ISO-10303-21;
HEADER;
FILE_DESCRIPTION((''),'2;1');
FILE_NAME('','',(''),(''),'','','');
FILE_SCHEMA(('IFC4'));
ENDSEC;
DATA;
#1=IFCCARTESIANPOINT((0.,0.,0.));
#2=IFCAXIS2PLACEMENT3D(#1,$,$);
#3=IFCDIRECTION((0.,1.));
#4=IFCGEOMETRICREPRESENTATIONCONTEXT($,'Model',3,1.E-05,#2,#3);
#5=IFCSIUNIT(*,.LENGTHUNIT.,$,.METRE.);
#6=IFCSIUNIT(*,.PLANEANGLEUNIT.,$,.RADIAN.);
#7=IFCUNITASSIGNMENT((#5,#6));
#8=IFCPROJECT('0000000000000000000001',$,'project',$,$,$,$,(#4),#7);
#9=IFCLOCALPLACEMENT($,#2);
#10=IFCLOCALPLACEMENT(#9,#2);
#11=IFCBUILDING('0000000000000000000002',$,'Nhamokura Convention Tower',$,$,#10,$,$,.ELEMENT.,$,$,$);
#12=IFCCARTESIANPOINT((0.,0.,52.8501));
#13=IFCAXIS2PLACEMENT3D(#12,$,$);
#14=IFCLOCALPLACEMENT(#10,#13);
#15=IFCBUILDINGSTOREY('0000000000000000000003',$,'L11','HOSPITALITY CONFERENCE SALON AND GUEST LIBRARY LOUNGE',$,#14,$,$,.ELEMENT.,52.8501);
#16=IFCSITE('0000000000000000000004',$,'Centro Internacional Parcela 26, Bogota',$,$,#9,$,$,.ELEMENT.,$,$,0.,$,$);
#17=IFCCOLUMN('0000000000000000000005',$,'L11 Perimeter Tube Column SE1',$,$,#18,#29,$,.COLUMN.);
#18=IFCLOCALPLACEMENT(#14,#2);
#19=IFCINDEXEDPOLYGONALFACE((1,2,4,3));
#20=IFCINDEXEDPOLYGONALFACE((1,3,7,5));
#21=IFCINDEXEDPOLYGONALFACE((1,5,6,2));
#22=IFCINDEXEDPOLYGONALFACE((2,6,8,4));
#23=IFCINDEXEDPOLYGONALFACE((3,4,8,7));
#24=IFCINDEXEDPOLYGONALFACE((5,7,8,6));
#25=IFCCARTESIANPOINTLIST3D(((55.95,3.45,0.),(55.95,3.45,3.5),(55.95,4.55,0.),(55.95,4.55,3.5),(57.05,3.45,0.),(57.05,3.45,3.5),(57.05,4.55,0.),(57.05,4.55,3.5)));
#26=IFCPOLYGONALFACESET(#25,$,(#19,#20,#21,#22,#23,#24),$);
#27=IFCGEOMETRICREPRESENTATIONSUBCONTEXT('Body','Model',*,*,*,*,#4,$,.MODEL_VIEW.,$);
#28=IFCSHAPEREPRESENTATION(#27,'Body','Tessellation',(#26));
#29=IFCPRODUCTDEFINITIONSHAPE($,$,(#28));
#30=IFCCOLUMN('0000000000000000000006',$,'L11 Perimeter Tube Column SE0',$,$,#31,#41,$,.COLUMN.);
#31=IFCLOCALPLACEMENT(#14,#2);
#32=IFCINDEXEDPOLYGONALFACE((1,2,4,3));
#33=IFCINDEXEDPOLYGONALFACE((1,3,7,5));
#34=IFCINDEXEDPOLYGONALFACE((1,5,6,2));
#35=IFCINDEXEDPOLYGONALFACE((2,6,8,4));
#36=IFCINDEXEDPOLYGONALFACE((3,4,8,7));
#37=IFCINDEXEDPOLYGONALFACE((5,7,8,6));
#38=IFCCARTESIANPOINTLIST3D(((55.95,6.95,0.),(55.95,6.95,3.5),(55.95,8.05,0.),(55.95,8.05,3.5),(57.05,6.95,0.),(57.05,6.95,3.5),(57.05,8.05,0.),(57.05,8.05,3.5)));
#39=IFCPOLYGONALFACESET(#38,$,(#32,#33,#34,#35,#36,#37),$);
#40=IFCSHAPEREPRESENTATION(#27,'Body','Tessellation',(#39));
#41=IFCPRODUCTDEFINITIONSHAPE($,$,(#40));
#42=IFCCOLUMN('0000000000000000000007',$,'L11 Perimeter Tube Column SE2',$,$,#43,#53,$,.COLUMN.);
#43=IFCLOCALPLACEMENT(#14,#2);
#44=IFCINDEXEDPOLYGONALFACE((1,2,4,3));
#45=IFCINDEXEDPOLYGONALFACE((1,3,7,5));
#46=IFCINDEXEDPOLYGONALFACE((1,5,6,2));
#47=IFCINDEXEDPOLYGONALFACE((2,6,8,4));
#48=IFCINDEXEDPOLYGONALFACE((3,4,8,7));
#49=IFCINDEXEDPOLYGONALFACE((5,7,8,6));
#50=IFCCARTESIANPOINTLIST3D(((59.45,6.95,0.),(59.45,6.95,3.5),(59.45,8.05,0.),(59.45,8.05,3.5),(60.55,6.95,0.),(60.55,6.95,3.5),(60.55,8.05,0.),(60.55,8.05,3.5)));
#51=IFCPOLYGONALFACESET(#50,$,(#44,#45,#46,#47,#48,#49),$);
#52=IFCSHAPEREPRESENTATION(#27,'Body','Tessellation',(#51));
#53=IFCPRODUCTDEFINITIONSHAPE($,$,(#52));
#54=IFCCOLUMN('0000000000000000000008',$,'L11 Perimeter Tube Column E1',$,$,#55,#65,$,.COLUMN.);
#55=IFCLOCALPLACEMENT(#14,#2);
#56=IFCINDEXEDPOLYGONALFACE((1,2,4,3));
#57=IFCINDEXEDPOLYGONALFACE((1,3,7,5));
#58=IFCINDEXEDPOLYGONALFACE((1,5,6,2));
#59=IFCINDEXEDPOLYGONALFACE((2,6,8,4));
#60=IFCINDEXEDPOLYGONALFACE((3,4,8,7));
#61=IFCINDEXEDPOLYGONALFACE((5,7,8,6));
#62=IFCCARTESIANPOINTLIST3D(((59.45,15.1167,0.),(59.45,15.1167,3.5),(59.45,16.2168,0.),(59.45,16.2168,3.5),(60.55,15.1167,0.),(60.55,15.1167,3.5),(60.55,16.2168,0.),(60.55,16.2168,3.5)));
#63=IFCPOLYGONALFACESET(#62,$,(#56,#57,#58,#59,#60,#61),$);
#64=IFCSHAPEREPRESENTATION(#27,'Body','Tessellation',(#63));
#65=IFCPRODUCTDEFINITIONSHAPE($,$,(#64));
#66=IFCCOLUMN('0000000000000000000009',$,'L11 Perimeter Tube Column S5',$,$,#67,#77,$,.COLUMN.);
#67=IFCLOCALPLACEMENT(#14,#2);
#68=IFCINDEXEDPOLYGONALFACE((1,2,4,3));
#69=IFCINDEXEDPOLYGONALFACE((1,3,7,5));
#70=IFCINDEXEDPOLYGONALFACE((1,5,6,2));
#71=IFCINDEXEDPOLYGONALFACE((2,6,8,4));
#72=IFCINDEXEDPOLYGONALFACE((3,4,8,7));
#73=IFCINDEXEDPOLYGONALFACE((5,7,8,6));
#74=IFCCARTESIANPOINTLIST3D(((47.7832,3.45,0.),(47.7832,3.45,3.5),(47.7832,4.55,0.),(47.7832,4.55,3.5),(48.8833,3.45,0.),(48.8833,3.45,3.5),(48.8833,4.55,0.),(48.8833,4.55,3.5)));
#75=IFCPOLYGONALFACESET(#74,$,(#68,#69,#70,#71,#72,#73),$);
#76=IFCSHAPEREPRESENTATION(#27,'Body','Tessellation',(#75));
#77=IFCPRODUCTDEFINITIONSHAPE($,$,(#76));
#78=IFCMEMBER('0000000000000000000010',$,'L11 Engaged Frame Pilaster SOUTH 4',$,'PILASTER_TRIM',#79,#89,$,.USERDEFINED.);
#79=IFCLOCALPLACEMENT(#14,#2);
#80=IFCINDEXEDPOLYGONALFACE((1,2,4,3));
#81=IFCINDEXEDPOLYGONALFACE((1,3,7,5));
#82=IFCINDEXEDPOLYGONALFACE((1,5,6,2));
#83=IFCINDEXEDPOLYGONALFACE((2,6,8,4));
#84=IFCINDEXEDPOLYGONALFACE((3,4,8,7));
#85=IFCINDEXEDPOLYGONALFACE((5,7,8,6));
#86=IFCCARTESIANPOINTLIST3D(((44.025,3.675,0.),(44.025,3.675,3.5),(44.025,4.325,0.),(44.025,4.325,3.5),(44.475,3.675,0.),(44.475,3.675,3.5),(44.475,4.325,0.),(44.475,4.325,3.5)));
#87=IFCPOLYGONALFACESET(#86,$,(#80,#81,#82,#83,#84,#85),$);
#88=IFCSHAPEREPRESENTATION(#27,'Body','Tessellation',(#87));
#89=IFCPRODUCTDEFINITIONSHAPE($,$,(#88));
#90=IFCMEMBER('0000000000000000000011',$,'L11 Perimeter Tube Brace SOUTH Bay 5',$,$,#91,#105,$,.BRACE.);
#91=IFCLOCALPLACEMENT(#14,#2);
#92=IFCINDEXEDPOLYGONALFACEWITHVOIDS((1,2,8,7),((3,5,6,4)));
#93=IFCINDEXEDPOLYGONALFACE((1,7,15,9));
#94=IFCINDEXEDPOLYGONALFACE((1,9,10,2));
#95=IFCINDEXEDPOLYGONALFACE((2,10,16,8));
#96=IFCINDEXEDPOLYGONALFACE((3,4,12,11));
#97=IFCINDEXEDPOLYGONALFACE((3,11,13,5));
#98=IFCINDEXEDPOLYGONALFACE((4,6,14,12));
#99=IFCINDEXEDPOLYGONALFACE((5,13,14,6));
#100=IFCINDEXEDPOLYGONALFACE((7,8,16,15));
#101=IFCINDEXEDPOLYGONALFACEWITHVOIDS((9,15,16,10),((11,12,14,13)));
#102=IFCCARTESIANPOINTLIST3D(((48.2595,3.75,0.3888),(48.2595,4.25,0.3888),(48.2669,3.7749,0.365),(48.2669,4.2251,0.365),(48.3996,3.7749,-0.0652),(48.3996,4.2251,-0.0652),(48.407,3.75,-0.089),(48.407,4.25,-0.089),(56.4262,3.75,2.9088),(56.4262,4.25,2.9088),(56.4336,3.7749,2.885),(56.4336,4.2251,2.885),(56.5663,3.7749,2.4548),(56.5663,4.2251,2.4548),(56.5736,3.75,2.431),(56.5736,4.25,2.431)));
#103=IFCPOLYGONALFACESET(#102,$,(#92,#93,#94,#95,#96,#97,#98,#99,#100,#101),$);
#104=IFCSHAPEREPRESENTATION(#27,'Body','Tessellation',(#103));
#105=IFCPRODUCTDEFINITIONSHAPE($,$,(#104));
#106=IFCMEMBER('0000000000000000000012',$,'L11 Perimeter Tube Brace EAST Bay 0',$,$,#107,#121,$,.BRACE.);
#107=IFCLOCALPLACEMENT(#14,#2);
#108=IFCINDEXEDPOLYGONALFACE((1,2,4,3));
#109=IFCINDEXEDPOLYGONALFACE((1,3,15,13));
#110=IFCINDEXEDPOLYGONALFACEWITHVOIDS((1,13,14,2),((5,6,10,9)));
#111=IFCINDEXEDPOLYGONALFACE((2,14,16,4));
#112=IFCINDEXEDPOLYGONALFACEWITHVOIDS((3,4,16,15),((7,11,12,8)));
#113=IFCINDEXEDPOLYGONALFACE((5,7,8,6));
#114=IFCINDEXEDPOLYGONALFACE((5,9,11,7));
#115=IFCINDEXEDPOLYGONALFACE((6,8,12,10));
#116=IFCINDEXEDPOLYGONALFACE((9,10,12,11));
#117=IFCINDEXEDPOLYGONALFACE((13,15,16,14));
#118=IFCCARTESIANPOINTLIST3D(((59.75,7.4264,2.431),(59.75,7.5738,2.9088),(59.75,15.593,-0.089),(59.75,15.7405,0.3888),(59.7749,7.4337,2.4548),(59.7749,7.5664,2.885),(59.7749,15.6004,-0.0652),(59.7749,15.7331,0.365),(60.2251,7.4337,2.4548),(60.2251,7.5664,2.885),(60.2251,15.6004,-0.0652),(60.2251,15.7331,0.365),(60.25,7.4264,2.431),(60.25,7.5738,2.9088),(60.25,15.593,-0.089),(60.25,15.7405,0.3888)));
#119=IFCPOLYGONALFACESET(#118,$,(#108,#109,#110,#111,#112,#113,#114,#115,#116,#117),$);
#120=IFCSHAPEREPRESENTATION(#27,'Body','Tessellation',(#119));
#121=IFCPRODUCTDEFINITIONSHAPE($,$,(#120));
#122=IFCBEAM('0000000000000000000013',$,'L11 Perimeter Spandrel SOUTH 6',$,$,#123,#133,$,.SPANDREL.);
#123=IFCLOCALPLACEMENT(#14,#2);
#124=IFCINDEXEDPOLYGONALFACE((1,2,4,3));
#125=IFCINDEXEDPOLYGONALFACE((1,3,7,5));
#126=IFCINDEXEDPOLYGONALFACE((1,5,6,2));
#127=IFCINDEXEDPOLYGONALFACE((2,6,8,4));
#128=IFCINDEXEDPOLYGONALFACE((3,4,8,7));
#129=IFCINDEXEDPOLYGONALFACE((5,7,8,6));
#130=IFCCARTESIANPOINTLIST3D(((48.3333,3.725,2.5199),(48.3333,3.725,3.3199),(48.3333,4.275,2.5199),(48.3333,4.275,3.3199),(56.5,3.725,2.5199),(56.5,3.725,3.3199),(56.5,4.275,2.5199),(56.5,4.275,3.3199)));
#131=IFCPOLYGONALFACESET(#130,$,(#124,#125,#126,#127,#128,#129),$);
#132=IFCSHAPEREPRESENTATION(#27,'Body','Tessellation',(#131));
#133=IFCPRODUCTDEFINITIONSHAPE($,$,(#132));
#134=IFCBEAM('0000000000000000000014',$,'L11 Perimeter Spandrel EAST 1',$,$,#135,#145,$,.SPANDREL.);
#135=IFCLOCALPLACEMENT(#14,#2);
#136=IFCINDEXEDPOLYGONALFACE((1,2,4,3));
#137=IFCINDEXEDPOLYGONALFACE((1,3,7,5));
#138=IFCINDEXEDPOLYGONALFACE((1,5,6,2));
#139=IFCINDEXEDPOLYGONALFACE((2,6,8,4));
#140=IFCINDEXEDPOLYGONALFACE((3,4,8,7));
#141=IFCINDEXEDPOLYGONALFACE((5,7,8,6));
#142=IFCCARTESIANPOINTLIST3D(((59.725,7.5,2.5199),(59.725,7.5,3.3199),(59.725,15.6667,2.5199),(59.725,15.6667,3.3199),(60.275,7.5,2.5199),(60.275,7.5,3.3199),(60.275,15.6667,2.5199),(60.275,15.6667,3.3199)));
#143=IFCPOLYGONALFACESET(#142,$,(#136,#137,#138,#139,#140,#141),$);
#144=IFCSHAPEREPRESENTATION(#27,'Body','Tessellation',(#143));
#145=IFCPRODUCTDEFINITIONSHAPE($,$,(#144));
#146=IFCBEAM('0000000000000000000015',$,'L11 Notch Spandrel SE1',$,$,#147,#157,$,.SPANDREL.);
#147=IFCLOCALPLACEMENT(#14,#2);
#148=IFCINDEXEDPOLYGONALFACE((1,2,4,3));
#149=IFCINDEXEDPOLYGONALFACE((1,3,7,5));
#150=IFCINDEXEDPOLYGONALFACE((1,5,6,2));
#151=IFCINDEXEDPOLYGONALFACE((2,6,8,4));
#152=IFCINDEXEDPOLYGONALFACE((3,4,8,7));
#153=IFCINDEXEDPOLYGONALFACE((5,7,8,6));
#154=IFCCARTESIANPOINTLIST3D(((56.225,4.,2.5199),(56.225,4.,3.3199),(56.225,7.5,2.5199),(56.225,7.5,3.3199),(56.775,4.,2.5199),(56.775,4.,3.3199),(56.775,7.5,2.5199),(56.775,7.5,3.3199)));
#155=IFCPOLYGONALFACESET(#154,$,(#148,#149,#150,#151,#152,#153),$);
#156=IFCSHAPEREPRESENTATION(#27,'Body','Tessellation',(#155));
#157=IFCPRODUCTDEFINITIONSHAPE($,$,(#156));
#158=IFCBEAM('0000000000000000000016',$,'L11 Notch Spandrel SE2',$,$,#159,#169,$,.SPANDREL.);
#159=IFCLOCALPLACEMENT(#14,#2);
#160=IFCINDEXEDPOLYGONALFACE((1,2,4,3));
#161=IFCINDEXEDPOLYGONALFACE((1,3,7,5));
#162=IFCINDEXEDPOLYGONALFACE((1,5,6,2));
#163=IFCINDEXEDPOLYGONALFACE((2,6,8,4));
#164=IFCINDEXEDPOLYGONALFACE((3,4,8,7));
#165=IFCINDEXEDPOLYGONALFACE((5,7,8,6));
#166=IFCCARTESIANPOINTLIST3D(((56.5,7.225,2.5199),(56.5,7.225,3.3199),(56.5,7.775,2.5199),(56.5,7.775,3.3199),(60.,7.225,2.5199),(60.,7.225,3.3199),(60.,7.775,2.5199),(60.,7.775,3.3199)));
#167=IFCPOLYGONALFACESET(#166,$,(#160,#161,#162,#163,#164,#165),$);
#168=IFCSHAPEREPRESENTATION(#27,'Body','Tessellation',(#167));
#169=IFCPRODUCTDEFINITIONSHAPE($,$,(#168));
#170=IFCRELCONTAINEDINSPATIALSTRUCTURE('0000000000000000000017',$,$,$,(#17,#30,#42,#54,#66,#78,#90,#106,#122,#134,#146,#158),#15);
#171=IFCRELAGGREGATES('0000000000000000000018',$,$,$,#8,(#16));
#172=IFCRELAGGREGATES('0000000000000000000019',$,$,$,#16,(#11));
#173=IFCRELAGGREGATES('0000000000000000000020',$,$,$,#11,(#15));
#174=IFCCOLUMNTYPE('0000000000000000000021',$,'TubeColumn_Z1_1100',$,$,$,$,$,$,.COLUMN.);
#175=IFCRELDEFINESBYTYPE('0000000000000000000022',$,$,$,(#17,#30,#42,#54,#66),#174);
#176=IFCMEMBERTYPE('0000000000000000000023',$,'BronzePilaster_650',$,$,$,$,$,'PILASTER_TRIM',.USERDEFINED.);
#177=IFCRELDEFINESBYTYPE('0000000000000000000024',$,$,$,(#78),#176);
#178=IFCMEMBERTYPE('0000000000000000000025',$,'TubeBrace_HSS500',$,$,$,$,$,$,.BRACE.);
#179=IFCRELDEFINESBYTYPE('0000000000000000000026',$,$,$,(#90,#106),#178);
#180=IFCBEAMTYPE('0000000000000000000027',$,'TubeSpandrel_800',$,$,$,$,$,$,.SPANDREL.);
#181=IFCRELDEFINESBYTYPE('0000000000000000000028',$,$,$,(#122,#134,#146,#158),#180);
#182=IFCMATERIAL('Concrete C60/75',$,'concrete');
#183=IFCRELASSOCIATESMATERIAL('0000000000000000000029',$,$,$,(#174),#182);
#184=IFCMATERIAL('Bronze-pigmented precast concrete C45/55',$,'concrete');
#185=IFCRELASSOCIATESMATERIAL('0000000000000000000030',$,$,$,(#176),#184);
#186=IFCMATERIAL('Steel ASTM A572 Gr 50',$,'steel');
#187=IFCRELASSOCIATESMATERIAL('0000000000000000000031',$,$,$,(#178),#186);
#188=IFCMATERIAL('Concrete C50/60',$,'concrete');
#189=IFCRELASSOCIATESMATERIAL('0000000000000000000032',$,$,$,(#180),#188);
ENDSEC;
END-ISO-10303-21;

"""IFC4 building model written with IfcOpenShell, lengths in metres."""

from ifc_helpers import new_model, si_unit, direction, frame, origin, origin_2d, place, context, subcontext, project, spatial, rectangle, hollow_rectangle, extrude, material, material_profile, profile_set, type_object, element, save


model = new_model("IFC4")

# Units and contexts
model_context = context("Model", 3, precision=1e-05, world=origin(), true_north=direction((0.0, 1.0)))
body_context = subcontext(model_context, "Body", "Model", "MODEL_VIEW")
ifc_project = project(units=[si_unit("LENGTHUNIT", "METRE"), si_unit("PLANEANGLEUNIT", "RADIAN")], contexts=[model_context])

# Site, building, storey
site_placement = place(None, origin())
site = spatial("IfcSite", under=ifc_project, at=site_placement, Name="Centro Internacional Parcela 26, Bogota", CompositionType="ELEMENT", RefElevation=0.0)
building_placement = place(site_placement, origin())
building = spatial("IfcBuilding", under=site, at=building_placement, Name="Nhamokura Convention Tower", CompositionType="ELEMENT")
storey_placement = place(building_placement, frame((0.0, 0.0, 52.8501)))
storey = spatial("IfcBuildingStorey", under=building, at=storey_placement, Name="L11", Description="HOSPITALITY CONFERENCE SALON AND GUEST LIBRARY LOUNGE", CompositionType="ELEMENT", Elevation=52.8501)

# Columns
ifc_material_1 = material(Name="Concrete C60/75", Category="concrete")
ifc_material_profile_1 = material_profile(ifc_material_1, rectangle(XDim=1.1001, YDim=1.1001, at=origin_2d()))
ifc_profile_set_1 = profile_set([ifc_material_profile_1], Name="Concrete C60/75")
column_type = type_object("IfcColumnType", Name="TubeColumn_Z1_1100", PredefinedType="COLUMN", material=ifc_profile_set_1)
for number, where, z_axis, x_axis, name in (
    (1, (56.5, 4.0, 0.0), (0.0, 0.0, 1.0), (1.0, 0.0, 0.0), "L11 Perimeter Tube Column SE1"),
    (2, (56.5, 7.5, 0.0), (0.0, 0.0, 1.0), (1.0, 0.0, 0.0), "L11 Perimeter Tube Column SE0"),
    (3, (60.0, 7.5, 0.0), (0.0, 0.0, 1.0), (1.0, 0.0, 0.0), "L11 Perimeter Tube Column SE2"),
    (4, (60.0, 15.6667, 0.0), (0.0, 0.0, 1.0), (1.0, 0.0, 0.0), "L11 Perimeter Tube Column E1"),
    (5, (48.3333, 4.0, 0.0), (0.0, 0.0, 1.0), (1.0, 0.0, 0.0), "L11 Perimeter Tube Column S5"),
):
    element("IfcColumn", number, at=place(storey_placement, frame(where, z_axis=z_axis, x_axis=x_axis)), inside=storey, type_object=column_type, Name=name, PredefinedType="COLUMN", context=body_context, shape_type="SweptSolid", body=[
        extrude(rectangle(XDim=1.1001, YDim=1.1001, at=origin_2d()), origin(), (0.0, 0.0, 1.0), 3.5),
    ])

# Members
ifc_material_2 = material(Name="Bronze-pigmented precast concrete C45/55", Category="concrete")
ifc_material_profile_2 = material_profile(ifc_material_2, rectangle(XDim=0.45, YDim=0.6499, at=origin_2d()))
ifc_profile_set_2 = profile_set([ifc_material_profile_2], Name="Bronze-pigmented precast concrete C45/55")
member_type_1 = type_object("IfcMemberType", Name="BronzePilaster_650", ElementType="PILASTER_TRIM", PredefinedType="USERDEFINED", material=ifc_profile_set_2)
member_placement = place(storey_placement, frame((44.25, 4.0, 0.0), z_axis=(0.0, 0.0, 1.0), x_axis=(1.0, 0.0, 0.0)))
element("IfcMember", 6, at=member_placement, inside=storey, type_object=member_type_1, Name="L11 Engaged Frame Pilaster SOUTH 4", ObjectType="PILASTER_TRIM", PredefinedType="USERDEFINED", context=body_context, shape_type="SweptSolid", body=[
    extrude(rectangle(XDim=0.45, YDim=0.6499, at=origin_2d()), origin(), (0.0, 0.0, 1.0), 3.5),
])
ifc_material_3 = material(Name="Steel ASTM A572 Gr 50", Category="steel")
ifc_material_profile_3 = material_profile(ifc_material_3, hollow_rectangle(XDim=0.5, YDim=0.5, WallThickness=0.0249, at=origin_2d()))
ifc_profile_set_3 = profile_set([ifc_material_profile_3], Name="Steel ASTM A572 Gr 50")
member_type_2 = type_object("IfcMemberType", Name="TubeBrace_HSS500", PredefinedType="BRACE", material=ifc_profile_set_3)
for number, where, z_axis, x_axis, name in (
    (7, (48.3333, 4.0, 0.1499), (0.955543, 0.0, 0.294853), (0.0, 1.0, 0.0), "L11 Perimeter Tube Brace SOUTH Bay 5"),
    (8, (60.0, 15.6667, 0.1499), (0.0, -0.955543, 0.294853), (1.0, 0.0, 0.0), "L11 Perimeter Tube Brace EAST Bay 0"),
):
    element("IfcMember", number, at=place(storey_placement, frame(where, z_axis=z_axis, x_axis=x_axis)), inside=storey, type_object=member_type_2, Name=name, PredefinedType="BRACE", context=body_context, shape_type="SweptSolid", body=[
        extrude(hollow_rectangle(XDim=0.5, YDim=0.5, WallThickness=0.0249, at=origin_2d()), origin(), (0.0, 0.0, 1.0), 8.5466),
    ])

# Beams
ifc_material_4 = material(Name="Concrete C50/60", Category="concrete")
ifc_material_profile_4 = material_profile(ifc_material_4, rectangle(XDim=0.55, YDim=0.8, at=origin_2d()))
ifc_profile_set_4 = profile_set([ifc_material_profile_4], Name="Concrete C50/60")
beam_type = type_object("IfcBeamType", Name="TubeSpandrel_800", PredefinedType="SPANDREL", material=ifc_profile_set_4)
for number, where, z_axis, x_axis, name in (
    (9, (48.3333, 4.0, 2.9199), (1.0, 0.0, 0.0), (0.0, 1.0, 0.0), "L11 Perimeter Spandrel SOUTH 6"),
    (10, (60.0, 7.5, 2.9199), (0.0, 1.0, 0.0), (-1.0, 0.0, 0.0), "L11 Perimeter Spandrel EAST 1"),
):
    element("IfcBeam", number, at=place(storey_placement, frame(where, z_axis=z_axis, x_axis=x_axis)), inside=storey, type_object=beam_type, Name=name, PredefinedType="SPANDREL", context=body_context, shape_type="SweptSolid", body=[
        extrude(rectangle(XDim=0.55, YDim=0.8, at=origin_2d()), origin(), (0.0, 0.0, 1.0), 8.1667),
    ])
for number, where, z_axis, x_axis, name in (
    (11, (56.5, 4.0, 2.9199), (0.0, 1.0, 0.0), (-1.0, 0.0, 0.0), "L11 Notch Spandrel SE1"),
    (12, (56.5, 7.5, 2.9199), (1.0, 0.0, 0.0), (0.0, 1.0, 0.0), "L11 Notch Spandrel SE2"),
):
    element("IfcBeam", number, at=place(storey_placement, frame(where, z_axis=z_axis, x_axis=x_axis)), inside=storey, type_object=beam_type, Name=name, PredefinedType="SPANDREL", context=body_context, shape_type="SweptSolid", body=[
        extrude(rectangle(XDim=0.55, YDim=0.8, at=origin_2d()), origin(), (0.0, 0.0, 1.0), 3.5),
    ])

save(model, "model.ifc")
